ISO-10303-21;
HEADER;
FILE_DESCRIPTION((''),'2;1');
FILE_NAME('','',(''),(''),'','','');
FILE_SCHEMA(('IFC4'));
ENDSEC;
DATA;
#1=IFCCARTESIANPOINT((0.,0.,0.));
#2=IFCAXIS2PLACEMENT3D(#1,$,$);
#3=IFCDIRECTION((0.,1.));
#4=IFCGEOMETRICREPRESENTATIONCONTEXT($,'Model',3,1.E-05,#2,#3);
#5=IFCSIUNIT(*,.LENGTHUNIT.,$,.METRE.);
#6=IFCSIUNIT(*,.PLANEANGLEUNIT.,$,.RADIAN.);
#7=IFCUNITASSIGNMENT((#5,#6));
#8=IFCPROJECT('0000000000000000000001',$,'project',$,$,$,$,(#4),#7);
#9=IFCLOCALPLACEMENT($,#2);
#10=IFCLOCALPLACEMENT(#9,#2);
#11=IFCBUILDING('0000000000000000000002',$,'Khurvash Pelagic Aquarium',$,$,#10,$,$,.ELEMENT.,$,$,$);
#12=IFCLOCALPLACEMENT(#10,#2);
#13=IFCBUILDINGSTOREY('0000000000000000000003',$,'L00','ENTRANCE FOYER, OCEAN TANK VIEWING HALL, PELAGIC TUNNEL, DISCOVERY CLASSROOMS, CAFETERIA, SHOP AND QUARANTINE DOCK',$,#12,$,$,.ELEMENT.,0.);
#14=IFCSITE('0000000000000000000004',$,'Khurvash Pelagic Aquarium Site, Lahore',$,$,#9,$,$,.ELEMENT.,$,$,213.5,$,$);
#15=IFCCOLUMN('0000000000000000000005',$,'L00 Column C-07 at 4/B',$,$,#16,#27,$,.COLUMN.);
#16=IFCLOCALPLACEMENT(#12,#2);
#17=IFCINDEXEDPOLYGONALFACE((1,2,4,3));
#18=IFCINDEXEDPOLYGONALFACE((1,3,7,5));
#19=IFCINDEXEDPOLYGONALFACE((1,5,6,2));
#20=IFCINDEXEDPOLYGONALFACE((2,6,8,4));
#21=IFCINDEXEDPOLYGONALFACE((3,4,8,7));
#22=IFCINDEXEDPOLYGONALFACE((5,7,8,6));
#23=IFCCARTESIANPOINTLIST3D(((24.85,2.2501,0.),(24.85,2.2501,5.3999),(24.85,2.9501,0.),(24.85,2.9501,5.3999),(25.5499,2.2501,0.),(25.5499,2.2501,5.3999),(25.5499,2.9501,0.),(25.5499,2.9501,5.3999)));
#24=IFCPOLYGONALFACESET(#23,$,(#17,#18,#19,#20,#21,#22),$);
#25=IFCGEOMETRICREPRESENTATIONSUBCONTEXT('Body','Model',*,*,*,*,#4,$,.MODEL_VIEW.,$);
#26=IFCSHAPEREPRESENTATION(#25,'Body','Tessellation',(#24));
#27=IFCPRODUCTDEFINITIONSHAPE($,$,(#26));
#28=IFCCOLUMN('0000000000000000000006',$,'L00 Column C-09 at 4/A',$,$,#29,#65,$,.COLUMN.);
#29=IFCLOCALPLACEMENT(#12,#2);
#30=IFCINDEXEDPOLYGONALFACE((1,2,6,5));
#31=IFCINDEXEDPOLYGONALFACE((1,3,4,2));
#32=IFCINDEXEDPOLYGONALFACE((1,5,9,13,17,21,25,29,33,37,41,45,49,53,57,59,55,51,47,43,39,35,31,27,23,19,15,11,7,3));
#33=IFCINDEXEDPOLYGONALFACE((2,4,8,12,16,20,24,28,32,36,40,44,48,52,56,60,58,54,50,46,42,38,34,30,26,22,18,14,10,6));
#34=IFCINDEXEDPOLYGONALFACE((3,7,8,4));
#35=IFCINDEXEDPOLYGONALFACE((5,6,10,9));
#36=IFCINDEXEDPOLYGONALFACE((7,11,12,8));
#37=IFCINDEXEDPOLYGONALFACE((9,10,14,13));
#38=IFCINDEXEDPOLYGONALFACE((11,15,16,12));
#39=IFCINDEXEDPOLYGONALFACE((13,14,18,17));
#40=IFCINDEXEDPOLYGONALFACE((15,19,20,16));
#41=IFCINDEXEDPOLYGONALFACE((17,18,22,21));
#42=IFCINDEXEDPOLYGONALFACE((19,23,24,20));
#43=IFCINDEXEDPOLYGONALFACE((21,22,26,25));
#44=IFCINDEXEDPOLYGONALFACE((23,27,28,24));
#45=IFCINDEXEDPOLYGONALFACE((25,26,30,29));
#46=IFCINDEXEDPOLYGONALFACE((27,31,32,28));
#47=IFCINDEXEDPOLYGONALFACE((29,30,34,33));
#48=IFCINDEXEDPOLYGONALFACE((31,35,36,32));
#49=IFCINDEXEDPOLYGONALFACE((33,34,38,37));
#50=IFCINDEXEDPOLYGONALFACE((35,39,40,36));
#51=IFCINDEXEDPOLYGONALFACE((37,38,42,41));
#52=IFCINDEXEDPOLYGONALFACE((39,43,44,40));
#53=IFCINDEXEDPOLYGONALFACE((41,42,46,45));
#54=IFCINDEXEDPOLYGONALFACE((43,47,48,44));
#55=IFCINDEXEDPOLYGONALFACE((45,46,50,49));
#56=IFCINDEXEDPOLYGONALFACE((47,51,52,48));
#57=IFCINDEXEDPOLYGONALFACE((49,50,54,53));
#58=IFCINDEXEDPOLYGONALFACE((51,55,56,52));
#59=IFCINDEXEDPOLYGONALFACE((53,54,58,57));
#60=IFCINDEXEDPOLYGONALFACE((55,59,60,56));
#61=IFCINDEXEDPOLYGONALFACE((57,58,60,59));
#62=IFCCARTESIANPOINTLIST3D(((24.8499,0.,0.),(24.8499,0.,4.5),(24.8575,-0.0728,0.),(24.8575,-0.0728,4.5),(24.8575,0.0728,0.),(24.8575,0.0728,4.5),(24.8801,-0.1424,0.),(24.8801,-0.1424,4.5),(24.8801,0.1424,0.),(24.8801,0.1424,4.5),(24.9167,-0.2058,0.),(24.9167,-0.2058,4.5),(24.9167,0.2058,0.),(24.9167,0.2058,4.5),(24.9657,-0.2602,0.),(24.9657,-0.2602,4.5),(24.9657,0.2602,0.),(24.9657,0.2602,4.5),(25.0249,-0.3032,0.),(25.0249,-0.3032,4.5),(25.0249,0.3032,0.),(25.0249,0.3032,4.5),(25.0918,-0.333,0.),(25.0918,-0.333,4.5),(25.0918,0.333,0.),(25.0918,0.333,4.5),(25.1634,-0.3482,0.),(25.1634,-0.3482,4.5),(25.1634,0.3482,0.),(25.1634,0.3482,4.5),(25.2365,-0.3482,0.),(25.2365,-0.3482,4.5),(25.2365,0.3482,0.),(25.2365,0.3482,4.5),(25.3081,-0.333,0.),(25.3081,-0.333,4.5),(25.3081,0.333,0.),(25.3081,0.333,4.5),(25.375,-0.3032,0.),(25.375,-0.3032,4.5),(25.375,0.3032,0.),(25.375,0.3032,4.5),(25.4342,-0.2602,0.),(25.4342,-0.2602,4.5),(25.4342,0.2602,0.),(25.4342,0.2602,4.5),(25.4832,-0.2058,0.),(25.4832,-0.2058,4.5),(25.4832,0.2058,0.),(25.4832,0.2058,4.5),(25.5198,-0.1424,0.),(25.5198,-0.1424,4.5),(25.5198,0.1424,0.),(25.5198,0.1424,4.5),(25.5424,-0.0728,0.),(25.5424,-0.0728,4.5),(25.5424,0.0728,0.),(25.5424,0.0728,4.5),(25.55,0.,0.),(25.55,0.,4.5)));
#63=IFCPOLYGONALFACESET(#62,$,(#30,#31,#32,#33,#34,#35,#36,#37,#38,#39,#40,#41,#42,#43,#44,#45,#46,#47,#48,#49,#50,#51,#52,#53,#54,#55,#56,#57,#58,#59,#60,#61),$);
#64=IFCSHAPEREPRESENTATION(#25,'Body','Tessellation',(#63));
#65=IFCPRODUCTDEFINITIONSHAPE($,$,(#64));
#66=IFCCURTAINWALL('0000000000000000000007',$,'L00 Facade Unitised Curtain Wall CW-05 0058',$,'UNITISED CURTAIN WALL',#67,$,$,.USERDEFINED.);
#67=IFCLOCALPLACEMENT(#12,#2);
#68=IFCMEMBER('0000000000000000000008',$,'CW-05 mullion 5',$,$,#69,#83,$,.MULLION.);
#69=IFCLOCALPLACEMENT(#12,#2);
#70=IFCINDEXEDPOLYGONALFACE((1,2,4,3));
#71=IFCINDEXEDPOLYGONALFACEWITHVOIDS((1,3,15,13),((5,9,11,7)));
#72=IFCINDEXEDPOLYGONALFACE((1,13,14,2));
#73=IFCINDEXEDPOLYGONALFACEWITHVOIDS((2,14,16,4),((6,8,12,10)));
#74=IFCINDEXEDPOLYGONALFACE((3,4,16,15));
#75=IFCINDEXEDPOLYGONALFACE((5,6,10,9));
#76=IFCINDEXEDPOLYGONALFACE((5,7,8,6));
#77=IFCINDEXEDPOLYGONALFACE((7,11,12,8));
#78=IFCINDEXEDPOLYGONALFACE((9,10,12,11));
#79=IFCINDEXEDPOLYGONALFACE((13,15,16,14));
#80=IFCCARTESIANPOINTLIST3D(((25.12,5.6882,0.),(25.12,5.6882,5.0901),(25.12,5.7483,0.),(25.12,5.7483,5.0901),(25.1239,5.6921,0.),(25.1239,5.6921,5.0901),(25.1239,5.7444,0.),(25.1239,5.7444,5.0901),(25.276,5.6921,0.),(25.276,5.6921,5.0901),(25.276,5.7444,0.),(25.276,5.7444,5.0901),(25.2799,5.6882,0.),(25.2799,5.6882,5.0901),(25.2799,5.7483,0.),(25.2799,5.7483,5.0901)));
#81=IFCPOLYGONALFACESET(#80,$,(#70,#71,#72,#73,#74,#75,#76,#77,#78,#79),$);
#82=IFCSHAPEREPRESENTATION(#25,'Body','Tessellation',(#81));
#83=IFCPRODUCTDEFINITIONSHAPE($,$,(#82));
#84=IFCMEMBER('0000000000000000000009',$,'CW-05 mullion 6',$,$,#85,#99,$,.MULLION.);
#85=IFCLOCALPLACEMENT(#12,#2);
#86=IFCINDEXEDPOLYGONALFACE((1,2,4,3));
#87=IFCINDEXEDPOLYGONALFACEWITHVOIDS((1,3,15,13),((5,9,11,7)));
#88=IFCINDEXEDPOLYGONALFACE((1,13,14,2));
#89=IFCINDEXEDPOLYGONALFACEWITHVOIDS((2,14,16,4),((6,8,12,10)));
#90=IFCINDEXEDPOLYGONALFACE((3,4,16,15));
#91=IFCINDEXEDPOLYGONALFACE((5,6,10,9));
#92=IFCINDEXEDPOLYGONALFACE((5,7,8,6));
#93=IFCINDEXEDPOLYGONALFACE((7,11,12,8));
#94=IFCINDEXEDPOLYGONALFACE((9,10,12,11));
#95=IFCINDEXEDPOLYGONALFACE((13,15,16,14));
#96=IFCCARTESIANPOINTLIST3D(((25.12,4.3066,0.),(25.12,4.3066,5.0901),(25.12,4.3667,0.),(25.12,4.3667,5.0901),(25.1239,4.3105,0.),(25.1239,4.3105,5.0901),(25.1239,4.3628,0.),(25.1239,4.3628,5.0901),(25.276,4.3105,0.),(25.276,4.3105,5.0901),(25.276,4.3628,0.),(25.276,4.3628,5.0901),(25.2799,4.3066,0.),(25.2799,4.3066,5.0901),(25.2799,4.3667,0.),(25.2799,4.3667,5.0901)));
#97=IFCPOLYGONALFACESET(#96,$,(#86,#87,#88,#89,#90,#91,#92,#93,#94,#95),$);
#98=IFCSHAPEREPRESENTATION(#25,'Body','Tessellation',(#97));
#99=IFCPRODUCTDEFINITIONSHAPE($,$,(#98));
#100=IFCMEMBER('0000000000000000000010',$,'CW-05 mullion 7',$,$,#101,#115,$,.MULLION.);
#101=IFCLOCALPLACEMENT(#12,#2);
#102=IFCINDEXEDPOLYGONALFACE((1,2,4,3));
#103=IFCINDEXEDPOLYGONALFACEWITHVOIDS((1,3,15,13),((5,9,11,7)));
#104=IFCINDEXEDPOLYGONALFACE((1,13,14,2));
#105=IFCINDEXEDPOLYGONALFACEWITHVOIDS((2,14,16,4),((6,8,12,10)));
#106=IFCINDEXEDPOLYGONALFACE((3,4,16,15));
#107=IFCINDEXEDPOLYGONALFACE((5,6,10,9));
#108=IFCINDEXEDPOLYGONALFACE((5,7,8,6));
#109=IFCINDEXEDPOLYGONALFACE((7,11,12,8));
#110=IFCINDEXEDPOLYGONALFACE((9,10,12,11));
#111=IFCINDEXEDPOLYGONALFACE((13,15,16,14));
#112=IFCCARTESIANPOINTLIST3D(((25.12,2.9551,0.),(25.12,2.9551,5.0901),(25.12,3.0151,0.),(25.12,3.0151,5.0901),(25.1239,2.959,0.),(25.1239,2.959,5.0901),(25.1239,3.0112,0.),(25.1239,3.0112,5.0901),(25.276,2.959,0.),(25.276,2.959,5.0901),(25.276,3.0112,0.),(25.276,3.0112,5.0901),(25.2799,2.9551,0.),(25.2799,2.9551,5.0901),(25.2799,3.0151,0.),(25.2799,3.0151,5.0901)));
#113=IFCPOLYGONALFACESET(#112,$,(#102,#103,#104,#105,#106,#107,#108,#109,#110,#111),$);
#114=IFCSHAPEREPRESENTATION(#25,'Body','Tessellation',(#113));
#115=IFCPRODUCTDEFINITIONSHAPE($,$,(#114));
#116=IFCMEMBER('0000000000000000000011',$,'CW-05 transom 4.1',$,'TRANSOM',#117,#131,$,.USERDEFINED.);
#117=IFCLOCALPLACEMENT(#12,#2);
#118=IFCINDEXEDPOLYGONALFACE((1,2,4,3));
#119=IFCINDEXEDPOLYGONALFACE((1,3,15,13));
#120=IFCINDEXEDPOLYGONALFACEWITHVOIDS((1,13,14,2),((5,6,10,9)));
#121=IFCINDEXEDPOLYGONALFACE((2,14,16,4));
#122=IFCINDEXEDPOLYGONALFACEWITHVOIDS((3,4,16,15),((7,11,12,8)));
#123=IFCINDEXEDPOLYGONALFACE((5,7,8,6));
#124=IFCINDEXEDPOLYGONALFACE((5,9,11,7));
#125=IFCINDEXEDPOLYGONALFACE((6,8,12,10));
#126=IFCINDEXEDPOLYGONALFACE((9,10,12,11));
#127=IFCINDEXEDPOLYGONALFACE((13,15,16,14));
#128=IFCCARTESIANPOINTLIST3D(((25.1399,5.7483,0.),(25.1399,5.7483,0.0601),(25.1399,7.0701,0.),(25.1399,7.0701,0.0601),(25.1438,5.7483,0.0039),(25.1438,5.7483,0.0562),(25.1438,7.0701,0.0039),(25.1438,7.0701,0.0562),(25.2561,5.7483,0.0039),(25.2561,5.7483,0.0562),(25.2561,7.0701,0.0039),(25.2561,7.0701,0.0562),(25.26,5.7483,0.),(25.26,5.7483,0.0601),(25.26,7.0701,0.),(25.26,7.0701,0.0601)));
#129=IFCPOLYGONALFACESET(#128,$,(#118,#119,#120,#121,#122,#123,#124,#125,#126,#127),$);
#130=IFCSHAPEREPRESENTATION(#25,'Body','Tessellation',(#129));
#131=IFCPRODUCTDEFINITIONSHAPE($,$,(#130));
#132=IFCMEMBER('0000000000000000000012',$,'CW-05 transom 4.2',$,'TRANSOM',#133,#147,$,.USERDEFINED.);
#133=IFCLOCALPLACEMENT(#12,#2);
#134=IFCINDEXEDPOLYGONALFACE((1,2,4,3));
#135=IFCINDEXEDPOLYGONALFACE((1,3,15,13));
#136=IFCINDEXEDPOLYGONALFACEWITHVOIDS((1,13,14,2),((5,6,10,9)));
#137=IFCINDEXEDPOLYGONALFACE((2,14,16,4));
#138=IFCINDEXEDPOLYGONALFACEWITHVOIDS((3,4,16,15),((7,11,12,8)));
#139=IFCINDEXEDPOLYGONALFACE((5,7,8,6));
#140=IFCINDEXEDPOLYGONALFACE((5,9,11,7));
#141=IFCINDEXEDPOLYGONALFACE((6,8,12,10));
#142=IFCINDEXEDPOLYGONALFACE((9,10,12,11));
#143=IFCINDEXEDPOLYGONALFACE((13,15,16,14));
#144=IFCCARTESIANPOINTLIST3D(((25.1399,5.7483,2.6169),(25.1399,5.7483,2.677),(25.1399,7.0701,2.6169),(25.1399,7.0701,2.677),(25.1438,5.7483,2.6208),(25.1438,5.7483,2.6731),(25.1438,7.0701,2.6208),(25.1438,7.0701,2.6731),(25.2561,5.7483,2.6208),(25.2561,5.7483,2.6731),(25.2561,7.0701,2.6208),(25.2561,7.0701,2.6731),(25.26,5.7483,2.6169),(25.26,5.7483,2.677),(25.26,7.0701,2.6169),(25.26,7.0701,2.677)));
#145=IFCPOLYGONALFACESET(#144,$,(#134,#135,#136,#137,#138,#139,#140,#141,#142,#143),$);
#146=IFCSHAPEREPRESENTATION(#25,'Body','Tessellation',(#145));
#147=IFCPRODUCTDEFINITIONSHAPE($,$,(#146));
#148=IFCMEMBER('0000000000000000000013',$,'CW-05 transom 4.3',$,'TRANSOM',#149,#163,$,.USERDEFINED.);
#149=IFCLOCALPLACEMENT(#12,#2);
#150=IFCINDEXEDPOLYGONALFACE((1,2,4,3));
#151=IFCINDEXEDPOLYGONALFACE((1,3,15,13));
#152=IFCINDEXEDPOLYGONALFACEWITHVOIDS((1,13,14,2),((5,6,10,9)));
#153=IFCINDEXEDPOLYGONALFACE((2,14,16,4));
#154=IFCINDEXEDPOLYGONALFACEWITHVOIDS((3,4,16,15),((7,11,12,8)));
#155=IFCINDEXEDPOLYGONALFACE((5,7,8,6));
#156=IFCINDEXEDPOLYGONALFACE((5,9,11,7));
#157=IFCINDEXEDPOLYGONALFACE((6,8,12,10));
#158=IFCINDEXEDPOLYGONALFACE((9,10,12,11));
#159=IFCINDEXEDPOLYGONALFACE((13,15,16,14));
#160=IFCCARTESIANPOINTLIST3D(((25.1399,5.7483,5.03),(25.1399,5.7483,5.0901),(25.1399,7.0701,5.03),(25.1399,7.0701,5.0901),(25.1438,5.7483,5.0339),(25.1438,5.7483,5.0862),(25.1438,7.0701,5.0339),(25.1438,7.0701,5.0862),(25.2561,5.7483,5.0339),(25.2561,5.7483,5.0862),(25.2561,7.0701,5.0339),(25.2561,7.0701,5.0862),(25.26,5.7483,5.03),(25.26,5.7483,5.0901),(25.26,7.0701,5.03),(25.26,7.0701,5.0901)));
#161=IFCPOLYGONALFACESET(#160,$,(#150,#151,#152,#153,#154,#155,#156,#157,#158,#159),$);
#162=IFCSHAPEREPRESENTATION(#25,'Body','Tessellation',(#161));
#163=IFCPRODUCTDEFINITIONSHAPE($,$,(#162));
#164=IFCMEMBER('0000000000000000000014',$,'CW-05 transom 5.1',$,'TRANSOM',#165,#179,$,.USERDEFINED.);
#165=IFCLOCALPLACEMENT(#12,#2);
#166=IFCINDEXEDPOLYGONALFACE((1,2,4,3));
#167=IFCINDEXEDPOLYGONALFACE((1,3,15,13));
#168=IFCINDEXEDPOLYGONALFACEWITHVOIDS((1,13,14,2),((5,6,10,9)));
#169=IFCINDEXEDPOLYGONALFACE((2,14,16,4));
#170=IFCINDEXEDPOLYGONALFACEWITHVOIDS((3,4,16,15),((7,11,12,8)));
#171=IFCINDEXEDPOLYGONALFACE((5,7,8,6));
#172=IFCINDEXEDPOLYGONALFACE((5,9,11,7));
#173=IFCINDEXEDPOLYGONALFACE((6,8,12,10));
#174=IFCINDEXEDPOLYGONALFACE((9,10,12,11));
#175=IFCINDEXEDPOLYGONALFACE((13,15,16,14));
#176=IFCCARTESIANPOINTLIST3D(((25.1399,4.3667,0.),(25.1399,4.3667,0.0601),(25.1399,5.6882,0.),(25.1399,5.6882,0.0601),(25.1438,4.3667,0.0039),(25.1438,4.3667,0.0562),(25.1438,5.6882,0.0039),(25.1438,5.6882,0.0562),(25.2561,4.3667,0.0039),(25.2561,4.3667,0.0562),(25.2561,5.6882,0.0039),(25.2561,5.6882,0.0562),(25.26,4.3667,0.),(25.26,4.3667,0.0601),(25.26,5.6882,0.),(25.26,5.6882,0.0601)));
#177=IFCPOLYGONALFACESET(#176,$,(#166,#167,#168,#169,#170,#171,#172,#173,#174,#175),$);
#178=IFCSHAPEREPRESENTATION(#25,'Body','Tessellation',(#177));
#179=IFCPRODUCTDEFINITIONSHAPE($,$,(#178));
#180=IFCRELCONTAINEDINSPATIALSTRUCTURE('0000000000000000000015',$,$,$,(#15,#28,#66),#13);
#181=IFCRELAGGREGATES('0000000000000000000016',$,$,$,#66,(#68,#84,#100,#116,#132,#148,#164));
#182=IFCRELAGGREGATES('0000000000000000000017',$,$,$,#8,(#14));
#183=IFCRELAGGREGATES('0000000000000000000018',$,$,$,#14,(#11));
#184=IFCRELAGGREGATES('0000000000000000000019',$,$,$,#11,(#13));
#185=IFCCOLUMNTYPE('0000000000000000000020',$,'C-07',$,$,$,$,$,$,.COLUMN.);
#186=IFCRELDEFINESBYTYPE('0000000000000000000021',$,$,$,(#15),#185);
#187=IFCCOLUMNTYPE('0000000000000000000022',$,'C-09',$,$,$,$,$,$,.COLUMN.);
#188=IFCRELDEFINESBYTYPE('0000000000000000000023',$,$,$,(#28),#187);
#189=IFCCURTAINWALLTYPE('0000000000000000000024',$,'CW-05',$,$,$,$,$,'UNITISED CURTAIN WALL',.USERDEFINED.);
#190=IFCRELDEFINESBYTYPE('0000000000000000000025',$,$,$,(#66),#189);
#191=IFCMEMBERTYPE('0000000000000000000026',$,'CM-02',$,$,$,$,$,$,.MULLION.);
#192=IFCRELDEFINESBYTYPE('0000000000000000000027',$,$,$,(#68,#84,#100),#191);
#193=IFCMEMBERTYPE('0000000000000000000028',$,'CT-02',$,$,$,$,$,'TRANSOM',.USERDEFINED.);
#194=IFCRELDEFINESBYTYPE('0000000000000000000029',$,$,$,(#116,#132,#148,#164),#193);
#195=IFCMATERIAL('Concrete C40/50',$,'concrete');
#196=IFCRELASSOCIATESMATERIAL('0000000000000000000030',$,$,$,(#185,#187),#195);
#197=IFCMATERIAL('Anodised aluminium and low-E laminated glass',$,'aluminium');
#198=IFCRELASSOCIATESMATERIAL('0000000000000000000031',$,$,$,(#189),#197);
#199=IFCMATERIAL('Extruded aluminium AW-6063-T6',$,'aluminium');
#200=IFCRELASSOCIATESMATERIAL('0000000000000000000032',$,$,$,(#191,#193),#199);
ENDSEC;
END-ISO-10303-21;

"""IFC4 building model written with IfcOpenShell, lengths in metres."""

from ifc_helpers import new_model, si_unit, direction, frame, origin, origin_2d, place, context, subcontext, project, spatial, rectangle, hollow_rectangle, circle, extrude, material, material_profile, profile_set, type_object, element, aggregate, save


model = new_model("IFC4")

# Units and contexts
model_context = context("Model", 3, precision=1e-05, world=origin(), true_north=direction((0.0, 1.0)))
body_context = subcontext(model_context, "Body", "Model", "MODEL_VIEW")
ifc_project = project(units=[si_unit("LENGTHUNIT", "METRE"), si_unit("PLANEANGLEUNIT", "RADIAN")], contexts=[model_context])

# Site, building, storey
site_placement = place(None, origin())
site = spatial("IfcSite", under=ifc_project, at=site_placement, Name="Khurvash Pelagic Aquarium Site, Lahore", CompositionType="ELEMENT", RefElevation=213.5)
building_placement = place(site_placement, origin())
building = spatial("IfcBuilding", under=site, at=building_placement, Name="Khurvash Pelagic Aquarium", CompositionType="ELEMENT")
storey_placement = place(building_placement, origin())
storey = spatial("IfcBuildingStorey", under=building, at=storey_placement, Name="L00", Description="ENTRANCE FOYER, OCEAN TANK VIEWING HALL, PELAGIC TUNNEL, DISCOVERY CLASSROOMS, CAFETERIA, SHOP AND QUARANTINE DOCK", CompositionType="ELEMENT", Elevation=0.0)

# Columns
ifc_material_1 = material(Name="Concrete C40/50", Category="concrete")
ifc_material_profile_1 = material_profile(ifc_material_1, rectangle(XDim=0.7, YDim=0.7, at=origin_2d()), Name="RC700X700")
ifc_profile_set_1 = profile_set([ifc_material_profile_1], Name="Concrete C40/50")
column_type_1 = type_object("IfcColumnType", Name="C-07", PredefinedType="COLUMN", material=ifc_profile_set_1)
column_1_placement = place(storey_placement, frame((25.2, 2.6001, 0.0), z_axis=(0.0, 0.0, 1.0), x_axis=(1.0, 0.0, 0.0)))
element("IfcColumn", 1, at=column_1_placement, inside=storey, type_object=column_type_1, Name="L00 Column C-07 at 4/B", PredefinedType="COLUMN", context=body_context, shape_type="SweptSolid", body=[
    extrude(rectangle(XDim=0.7, YDim=0.7, at=origin_2d()), origin(), (0.0, 0.0, 1.0), 5.3999),
])
ifc_material_profile_2 = material_profile(ifc_material_1, circle(Radius=0.3501, at=origin_2d()), Name="RC700D")
ifc_profile_set_2 = profile_set([ifc_material_profile_2], Name="Concrete C40/50")
column_type_2 = type_object("IfcColumnType", Name="C-09", PredefinedType="COLUMN", material=ifc_profile_set_2)
column_2_placement = place(storey_placement, frame((25.2, 0.0, 0.0), z_axis=(0.0, 0.0, 1.0), x_axis=(1.0, 0.0, 0.0)))
element("IfcColumn", 2, at=column_2_placement, inside=storey, type_object=column_type_2, Name="L00 Column C-09 at 4/A", PredefinedType="COLUMN", context=body_context, shape_type="SweptSolid", body=[
    extrude(circle(Radius=0.3501, at=origin_2d()), origin(), (0.0, 0.0, 1.0), 4.5),
])

# Curtain wall, members
ifc_material_2 = material(Name="Anodised aluminium and low-E laminated glass", Category="aluminium")
curtain_wall_type = type_object("IfcCurtainWallType", Name="CW-05", ElementType="UNITISED CURTAIN WALL", PredefinedType="USERDEFINED", material=ifc_material_2)
curtain_wall_placement = place(storey_placement, origin())
curtain_wall = element("IfcCurtainWall", 3, at=curtain_wall_placement, inside=storey, type_object=curtain_wall_type, Name="L00 Facade Unitised Curtain Wall CW-05 0058", ObjectType="UNITISED CURTAIN WALL", PredefinedType="USERDEFINED")
ifc_material_3 = material(Name="Extruded aluminium AW-6063-T6", Category="aluminium")
ifc_material_profile_3 = material_profile(ifc_material_3, hollow_rectangle(XDim=0.0601, YDim=0.1599, WallThickness=0.0039, at=origin_2d()), Name="CWM60X160X4")
ifc_profile_set_3 = profile_set([ifc_material_profile_3], Name="Extruded aluminium AW-6063-T6")
member_type_1 = type_object("IfcMemberType", Name="CM-02", PredefinedType="MULLION", material=ifc_profile_set_3)
member_1_placement = place(storey_placement, frame((25.2, 5.7183, 0.0), z_axis=(0.0, 0.0, 1.0), x_axis=(0.0, -1.0, 0.0)))
member_1 = element("IfcMember", 4, at=member_1_placement, type_object=member_type_1, Name="CW-05 mullion 5", PredefinedType="MULLION", context=body_context, shape_type="SweptSolid", body=[
    extrude(hollow_rectangle(XDim=0.0601, YDim=0.1599, WallThickness=0.0039, at=origin_2d()), origin(), (0.0, 0.0, 1.0), 5.0901),
])
member_2_placement = place(storey_placement, frame((25.2, 4.3367, 0.0), z_axis=(0.0, 0.0, 1.0), x_axis=(0.0, -1.0, 0.0)))
member_2 = element("IfcMember", 5, at=member_2_placement, type_object=member_type_1, Name="CW-05 mullion 6", PredefinedType="MULLION", context=body_context, shape_type="SweptSolid", body=[
    extrude(hollow_rectangle(XDim=0.0601, YDim=0.1599, WallThickness=0.0039, at=origin_2d()), origin(), (0.0, 0.0, 1.0), 5.0901),
])
member_3_placement = place(storey_placement, frame((25.2, 2.9851, 0.0), z_axis=(0.0, 0.0, 1.0), x_axis=(0.0, -1.0, 0.0)))
member_3 = element("IfcMember", 6, at=member_3_placement, type_object=member_type_1, Name="CW-05 mullion 7", PredefinedType="MULLION", context=body_context, shape_type="SweptSolid", body=[
    extrude(hollow_rectangle(XDim=0.0601, YDim=0.1599, WallThickness=0.0039, at=origin_2d()), origin(), (0.0, 0.0, 1.0), 5.0901),
])
ifc_material_profile_4 = material_profile(ifc_material_3, hollow_rectangle(XDim=0.1201, YDim=0.0601, WallThickness=0.0039, at=origin_2d()), Name="CWT120X60X4")
ifc_profile_set_4 = profile_set([ifc_material_profile_4], Name="Extruded aluminium AW-6063-T6")
member_type_2 = type_object("IfcMemberType", Name="CT-02", ElementType="TRANSOM", PredefinedType="USERDEFINED", material=ifc_profile_set_4)
member_4_placement = place(storey_placement, frame((25.2, 7.0701, 0.03), z_axis=(0.0, -1.0, 0.0), x_axis=(1.0, 0.0, 0.0)))
member_4 = element("IfcMember", 7, at=member_4_placement, type_object=member_type_2, Name="CW-05 transom 4.1", ObjectType="TRANSOM", PredefinedType="USERDEFINED", context=body_context, shape_type="SweptSolid", body=[
    extrude(hollow_rectangle(XDim=0.1201, YDim=0.0601, WallThickness=0.0039, at=origin_2d()), origin(), (0.0, 0.0, 1.0), 1.3218),
])
member_5_placement = place(storey_placement, frame((25.2, 7.0701, 2.647), z_axis=(0.0, -1.0, 0.0), x_axis=(1.0, 0.0, 0.0)))
member_5 = element("IfcMember", 8, at=member_5_placement, type_object=member_type_2, Name="CW-05 transom 4.2", ObjectType="TRANSOM", PredefinedType="USERDEFINED", context=body_context, shape_type="SweptSolid", body=[
    extrude(hollow_rectangle(XDim=0.1201, YDim=0.0601, WallThickness=0.0039, at=origin_2d()), origin(), (0.0, 0.0, 1.0), 1.3218),
])
member_6_placement = place(storey_placement, frame((25.2, 7.0701, 5.0601), z_axis=(0.0, -1.0, 0.0), x_axis=(1.0, 0.0, 0.0)))
member_6 = element("IfcMember", 9, at=member_6_placement, type_object=member_type_2, Name="CW-05 transom 4.3", ObjectType="TRANSOM", PredefinedType="USERDEFINED", context=body_context, shape_type="SweptSolid", body=[
    extrude(hollow_rectangle(XDim=0.1201, YDim=0.0601, WallThickness=0.0039, at=origin_2d()), origin(), (0.0, 0.0, 1.0), 1.3218),
])
member_7_placement = place(storey_placement, frame((25.2, 5.6882, 0.03), z_axis=(0.0, -1.0, 0.0), x_axis=(1.0, 0.0, 0.0)))
member_7 = element("IfcMember", 10, at=member_7_placement, type_object=member_type_2, Name="CW-05 transom 5.1", ObjectType="TRANSOM", PredefinedType="USERDEFINED", context=body_context, shape_type="SweptSolid", body=[
    extrude(hollow_rectangle(XDim=0.1201, YDim=0.0601, WallThickness=0.0039, at=origin_2d()), origin(), (0.0, 0.0, 1.0), 1.3215),
])

aggregate(curtain_wall, [member_1, member_2, member_3, member_4, member_5, member_6, member_7])

save(model, "model.ifc")
